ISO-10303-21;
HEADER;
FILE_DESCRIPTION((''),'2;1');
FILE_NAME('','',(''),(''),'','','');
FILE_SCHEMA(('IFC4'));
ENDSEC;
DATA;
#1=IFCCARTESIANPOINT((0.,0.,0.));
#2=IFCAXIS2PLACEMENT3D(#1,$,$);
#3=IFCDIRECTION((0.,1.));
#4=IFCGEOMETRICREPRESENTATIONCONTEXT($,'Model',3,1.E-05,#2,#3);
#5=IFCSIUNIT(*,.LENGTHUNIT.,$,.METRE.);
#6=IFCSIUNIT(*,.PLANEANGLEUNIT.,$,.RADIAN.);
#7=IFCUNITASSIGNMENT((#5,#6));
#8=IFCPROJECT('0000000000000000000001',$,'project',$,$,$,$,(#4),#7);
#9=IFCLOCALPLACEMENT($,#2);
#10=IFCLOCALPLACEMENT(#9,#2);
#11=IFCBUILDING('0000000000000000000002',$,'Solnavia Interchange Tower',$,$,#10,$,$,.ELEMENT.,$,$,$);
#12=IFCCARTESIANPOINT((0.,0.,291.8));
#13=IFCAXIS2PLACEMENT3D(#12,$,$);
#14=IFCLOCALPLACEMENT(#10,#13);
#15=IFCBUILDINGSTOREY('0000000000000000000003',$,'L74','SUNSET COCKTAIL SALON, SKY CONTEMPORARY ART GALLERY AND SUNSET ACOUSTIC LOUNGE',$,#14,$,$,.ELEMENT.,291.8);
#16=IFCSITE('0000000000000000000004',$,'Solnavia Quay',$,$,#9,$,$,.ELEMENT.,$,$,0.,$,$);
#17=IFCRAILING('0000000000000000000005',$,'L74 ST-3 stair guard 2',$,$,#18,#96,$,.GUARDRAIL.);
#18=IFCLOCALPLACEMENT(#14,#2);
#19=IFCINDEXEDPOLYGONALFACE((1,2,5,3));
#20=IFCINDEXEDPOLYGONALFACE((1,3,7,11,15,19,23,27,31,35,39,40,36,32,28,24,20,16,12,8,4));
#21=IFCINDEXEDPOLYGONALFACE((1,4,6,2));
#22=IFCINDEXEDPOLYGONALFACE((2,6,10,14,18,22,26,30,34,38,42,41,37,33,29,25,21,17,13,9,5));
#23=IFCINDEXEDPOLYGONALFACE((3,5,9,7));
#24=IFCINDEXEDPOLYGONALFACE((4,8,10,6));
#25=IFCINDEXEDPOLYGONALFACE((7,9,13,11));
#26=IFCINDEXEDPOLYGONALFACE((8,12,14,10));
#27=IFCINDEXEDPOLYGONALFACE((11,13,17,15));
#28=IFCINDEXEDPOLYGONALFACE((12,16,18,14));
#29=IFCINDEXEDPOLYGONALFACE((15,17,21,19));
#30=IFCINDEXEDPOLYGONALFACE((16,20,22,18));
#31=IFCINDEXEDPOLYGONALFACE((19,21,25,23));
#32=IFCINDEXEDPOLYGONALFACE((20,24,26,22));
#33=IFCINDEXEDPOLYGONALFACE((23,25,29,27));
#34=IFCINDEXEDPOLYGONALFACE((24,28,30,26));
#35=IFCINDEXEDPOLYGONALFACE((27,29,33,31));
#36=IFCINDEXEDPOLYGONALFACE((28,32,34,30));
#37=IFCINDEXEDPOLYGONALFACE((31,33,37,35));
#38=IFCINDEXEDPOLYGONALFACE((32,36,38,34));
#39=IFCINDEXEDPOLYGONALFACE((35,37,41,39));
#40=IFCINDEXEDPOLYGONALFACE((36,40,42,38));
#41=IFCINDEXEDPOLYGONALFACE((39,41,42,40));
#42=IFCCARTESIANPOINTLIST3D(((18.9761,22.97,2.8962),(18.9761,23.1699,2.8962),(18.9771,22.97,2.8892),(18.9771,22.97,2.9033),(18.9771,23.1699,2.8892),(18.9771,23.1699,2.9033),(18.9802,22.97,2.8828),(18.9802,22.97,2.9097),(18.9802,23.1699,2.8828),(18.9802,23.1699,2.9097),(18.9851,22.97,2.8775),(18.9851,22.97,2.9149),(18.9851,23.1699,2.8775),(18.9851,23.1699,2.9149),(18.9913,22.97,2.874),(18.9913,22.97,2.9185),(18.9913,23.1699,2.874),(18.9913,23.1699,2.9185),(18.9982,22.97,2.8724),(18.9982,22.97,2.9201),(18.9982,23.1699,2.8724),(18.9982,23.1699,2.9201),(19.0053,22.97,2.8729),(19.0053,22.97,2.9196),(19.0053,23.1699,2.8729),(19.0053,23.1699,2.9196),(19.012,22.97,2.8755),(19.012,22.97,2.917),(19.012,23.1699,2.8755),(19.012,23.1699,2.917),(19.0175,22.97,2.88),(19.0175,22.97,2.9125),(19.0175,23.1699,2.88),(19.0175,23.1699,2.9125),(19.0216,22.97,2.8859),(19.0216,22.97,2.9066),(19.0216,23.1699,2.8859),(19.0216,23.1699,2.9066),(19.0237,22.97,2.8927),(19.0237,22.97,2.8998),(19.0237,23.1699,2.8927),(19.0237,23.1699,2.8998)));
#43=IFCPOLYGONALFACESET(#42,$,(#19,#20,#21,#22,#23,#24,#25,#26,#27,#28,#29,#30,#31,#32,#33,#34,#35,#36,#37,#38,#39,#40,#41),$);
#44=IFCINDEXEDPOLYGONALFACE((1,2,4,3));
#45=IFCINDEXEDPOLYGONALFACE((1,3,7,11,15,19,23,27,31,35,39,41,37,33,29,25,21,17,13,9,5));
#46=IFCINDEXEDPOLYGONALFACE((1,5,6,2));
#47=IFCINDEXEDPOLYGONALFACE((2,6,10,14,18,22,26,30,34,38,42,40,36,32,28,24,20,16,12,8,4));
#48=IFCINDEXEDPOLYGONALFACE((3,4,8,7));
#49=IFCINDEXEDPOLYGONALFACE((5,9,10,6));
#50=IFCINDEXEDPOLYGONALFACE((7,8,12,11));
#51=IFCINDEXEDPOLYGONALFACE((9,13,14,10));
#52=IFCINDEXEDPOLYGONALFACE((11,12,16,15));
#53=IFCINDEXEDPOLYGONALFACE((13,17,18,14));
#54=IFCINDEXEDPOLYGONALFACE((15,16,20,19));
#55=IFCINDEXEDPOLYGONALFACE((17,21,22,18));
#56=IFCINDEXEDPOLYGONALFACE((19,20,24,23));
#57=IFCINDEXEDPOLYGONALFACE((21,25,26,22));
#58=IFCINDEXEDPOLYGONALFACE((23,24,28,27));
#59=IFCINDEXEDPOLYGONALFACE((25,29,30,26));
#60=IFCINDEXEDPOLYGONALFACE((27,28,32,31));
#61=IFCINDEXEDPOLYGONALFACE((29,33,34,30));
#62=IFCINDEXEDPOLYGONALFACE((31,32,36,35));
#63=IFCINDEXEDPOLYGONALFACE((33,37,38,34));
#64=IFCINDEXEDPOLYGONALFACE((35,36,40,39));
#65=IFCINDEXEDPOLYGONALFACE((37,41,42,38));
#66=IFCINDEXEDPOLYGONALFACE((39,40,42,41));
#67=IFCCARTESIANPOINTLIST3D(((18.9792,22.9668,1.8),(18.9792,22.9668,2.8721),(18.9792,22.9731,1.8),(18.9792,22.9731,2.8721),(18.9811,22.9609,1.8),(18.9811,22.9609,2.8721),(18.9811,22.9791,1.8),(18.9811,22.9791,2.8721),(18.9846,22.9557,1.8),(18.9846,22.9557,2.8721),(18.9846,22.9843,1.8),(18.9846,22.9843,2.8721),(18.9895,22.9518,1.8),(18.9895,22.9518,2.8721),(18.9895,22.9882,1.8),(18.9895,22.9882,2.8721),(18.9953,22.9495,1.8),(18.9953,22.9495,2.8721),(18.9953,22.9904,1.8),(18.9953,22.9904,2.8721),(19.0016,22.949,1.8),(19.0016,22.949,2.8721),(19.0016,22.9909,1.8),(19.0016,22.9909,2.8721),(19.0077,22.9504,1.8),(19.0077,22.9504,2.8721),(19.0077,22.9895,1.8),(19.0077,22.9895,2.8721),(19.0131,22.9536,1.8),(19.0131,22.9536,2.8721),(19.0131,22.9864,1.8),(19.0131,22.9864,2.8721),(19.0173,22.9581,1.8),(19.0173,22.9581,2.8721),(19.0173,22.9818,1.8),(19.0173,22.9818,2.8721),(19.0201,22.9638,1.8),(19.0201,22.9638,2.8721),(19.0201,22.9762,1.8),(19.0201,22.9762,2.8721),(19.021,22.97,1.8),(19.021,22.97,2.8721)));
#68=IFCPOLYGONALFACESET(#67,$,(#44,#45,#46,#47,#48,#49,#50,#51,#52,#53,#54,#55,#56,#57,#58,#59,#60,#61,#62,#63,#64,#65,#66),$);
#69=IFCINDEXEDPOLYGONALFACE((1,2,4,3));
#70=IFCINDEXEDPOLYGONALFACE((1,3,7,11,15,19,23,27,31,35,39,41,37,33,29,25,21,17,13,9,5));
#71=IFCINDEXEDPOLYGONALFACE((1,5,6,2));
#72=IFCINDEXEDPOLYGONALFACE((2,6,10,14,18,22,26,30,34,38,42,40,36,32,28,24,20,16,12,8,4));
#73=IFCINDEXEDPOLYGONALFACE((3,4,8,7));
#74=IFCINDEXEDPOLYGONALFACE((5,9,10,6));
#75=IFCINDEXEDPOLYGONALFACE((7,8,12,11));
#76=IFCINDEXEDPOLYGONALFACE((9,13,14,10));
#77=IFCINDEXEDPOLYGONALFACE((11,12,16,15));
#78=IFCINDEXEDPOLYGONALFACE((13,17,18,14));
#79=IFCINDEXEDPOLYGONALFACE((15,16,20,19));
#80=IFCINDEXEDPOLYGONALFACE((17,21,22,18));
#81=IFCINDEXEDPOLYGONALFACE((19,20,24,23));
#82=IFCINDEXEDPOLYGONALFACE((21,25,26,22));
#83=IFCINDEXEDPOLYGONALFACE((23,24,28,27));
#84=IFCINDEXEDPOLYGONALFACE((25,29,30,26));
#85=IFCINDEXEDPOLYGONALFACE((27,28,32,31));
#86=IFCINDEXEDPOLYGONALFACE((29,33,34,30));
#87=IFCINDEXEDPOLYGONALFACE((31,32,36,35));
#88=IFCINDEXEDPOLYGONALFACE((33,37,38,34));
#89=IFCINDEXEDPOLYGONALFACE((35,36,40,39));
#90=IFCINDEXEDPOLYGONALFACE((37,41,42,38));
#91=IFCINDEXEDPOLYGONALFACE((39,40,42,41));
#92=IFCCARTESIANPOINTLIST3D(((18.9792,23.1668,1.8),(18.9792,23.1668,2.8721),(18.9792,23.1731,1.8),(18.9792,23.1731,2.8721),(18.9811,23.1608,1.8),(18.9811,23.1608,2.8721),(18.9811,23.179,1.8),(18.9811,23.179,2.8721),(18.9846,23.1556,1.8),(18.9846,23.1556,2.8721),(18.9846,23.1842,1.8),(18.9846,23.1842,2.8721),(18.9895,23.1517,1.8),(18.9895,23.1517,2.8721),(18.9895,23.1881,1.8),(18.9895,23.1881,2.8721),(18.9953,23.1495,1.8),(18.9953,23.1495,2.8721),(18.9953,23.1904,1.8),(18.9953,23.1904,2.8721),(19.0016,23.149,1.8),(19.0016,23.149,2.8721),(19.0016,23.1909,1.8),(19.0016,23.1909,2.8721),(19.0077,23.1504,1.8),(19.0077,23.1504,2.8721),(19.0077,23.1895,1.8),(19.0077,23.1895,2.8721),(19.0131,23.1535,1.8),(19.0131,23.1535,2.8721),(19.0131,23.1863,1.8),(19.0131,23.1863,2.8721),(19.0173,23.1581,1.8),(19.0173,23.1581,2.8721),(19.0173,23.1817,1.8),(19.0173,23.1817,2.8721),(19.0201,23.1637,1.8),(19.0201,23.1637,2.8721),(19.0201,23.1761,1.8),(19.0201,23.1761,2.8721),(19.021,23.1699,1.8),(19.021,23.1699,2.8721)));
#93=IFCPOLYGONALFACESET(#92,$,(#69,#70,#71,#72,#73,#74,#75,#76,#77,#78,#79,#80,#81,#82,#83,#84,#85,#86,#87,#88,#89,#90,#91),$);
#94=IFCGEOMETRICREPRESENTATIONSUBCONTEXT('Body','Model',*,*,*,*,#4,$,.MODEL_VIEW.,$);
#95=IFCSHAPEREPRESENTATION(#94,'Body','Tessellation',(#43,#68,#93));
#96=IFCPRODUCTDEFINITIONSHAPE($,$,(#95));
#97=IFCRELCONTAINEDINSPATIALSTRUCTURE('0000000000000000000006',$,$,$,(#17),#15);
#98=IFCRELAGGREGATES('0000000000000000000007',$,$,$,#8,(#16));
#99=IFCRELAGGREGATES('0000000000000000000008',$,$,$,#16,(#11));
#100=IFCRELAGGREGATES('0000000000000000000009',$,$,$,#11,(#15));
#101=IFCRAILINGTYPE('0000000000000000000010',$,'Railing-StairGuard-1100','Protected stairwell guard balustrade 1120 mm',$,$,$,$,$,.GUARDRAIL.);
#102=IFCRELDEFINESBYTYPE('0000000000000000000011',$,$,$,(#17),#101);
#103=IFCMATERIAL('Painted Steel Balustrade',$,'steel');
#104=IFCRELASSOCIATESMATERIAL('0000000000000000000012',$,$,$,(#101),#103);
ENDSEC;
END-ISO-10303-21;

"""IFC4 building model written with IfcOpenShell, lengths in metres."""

from ifc_helpers import new_model, si_unit, direction, frame, origin, origin_2d, place, context, subcontext, project, spatial, circle, extrude, material, type_object, element, save


model = new_model("IFC4")

# Units and contexts
model_context = context("Model", 3, precision=1e-05, world=origin(), true_north=direction((0.0, 1.0)))
body_context = subcontext(model_context, "Body", "Model", "MODEL_VIEW")
ifc_project = project(units=[si_unit("LENGTHUNIT", "METRE"), si_unit("PLANEANGLEUNIT", "RADIAN")], contexts=[model_context])

# Site, building, storey
site_placement = place(None, origin())
site = spatial("IfcSite", under=ifc_project, at=site_placement, Name="Solnavia Quay", CompositionType="ELEMENT", RefElevation=0.0)
building_placement = place(site_placement, origin())
building = spatial("IfcBuilding", under=site, at=building_placement, Name="Solnavia Interchange Tower", CompositionType="ELEMENT")
storey_placement = place(building_placement, frame((0.0, 0.0, 291.8)))
storey = spatial("IfcBuildingStorey", under=building, at=storey_placement, Name="L74", Description="SUNSET COCKTAIL SALON, SKY CONTEMPORARY ART GALLERY AND SUNSET ACOUSTIC LOUNGE", CompositionType="ELEMENT", Elevation=291.8)

# Railing
ifc_material_1 = material(Name="Painted Steel Balustrade", Category="steel")
railing_type_1 = type_object("IfcRailingType", Name="Railing-StairGuard-1100", Description="Protected stairwell guard balustrade 1120 mm", PredefinedType="GUARDRAIL", material=ifc_material_1)
railing_1_placement = place(storey_placement, frame((19.0, 22.97, 1.8)))
element("IfcRailing", 1, at=railing_1_placement, inside=storey, type_object=railing_type_1, Name="L74 ST-3 stair guard 2", PredefinedType="GUARDRAIL", context=body_context, shape_type="SweptSolid", body=[
    extrude(circle(Radius=0.0239, at=origin_2d()), frame((0.0, 0.0, 1.0962), z_axis=(0.0, 1.0, 0.0), x_axis=(-1.0, 0.0, 0.0)), (0.0, 0.0, 1.0), 0.2),
    extrude(circle(Radius=0.021, at=origin_2d()), origin(), (0.0, 0.0, 1.0), 1.072),
    extrude(circle(Radius=0.021, at=origin_2d()), frame((0.0, 0.2, 0.0)), (0.0, 0.0, 1.0), 1.072),
])

save(model, "model.ifc")
